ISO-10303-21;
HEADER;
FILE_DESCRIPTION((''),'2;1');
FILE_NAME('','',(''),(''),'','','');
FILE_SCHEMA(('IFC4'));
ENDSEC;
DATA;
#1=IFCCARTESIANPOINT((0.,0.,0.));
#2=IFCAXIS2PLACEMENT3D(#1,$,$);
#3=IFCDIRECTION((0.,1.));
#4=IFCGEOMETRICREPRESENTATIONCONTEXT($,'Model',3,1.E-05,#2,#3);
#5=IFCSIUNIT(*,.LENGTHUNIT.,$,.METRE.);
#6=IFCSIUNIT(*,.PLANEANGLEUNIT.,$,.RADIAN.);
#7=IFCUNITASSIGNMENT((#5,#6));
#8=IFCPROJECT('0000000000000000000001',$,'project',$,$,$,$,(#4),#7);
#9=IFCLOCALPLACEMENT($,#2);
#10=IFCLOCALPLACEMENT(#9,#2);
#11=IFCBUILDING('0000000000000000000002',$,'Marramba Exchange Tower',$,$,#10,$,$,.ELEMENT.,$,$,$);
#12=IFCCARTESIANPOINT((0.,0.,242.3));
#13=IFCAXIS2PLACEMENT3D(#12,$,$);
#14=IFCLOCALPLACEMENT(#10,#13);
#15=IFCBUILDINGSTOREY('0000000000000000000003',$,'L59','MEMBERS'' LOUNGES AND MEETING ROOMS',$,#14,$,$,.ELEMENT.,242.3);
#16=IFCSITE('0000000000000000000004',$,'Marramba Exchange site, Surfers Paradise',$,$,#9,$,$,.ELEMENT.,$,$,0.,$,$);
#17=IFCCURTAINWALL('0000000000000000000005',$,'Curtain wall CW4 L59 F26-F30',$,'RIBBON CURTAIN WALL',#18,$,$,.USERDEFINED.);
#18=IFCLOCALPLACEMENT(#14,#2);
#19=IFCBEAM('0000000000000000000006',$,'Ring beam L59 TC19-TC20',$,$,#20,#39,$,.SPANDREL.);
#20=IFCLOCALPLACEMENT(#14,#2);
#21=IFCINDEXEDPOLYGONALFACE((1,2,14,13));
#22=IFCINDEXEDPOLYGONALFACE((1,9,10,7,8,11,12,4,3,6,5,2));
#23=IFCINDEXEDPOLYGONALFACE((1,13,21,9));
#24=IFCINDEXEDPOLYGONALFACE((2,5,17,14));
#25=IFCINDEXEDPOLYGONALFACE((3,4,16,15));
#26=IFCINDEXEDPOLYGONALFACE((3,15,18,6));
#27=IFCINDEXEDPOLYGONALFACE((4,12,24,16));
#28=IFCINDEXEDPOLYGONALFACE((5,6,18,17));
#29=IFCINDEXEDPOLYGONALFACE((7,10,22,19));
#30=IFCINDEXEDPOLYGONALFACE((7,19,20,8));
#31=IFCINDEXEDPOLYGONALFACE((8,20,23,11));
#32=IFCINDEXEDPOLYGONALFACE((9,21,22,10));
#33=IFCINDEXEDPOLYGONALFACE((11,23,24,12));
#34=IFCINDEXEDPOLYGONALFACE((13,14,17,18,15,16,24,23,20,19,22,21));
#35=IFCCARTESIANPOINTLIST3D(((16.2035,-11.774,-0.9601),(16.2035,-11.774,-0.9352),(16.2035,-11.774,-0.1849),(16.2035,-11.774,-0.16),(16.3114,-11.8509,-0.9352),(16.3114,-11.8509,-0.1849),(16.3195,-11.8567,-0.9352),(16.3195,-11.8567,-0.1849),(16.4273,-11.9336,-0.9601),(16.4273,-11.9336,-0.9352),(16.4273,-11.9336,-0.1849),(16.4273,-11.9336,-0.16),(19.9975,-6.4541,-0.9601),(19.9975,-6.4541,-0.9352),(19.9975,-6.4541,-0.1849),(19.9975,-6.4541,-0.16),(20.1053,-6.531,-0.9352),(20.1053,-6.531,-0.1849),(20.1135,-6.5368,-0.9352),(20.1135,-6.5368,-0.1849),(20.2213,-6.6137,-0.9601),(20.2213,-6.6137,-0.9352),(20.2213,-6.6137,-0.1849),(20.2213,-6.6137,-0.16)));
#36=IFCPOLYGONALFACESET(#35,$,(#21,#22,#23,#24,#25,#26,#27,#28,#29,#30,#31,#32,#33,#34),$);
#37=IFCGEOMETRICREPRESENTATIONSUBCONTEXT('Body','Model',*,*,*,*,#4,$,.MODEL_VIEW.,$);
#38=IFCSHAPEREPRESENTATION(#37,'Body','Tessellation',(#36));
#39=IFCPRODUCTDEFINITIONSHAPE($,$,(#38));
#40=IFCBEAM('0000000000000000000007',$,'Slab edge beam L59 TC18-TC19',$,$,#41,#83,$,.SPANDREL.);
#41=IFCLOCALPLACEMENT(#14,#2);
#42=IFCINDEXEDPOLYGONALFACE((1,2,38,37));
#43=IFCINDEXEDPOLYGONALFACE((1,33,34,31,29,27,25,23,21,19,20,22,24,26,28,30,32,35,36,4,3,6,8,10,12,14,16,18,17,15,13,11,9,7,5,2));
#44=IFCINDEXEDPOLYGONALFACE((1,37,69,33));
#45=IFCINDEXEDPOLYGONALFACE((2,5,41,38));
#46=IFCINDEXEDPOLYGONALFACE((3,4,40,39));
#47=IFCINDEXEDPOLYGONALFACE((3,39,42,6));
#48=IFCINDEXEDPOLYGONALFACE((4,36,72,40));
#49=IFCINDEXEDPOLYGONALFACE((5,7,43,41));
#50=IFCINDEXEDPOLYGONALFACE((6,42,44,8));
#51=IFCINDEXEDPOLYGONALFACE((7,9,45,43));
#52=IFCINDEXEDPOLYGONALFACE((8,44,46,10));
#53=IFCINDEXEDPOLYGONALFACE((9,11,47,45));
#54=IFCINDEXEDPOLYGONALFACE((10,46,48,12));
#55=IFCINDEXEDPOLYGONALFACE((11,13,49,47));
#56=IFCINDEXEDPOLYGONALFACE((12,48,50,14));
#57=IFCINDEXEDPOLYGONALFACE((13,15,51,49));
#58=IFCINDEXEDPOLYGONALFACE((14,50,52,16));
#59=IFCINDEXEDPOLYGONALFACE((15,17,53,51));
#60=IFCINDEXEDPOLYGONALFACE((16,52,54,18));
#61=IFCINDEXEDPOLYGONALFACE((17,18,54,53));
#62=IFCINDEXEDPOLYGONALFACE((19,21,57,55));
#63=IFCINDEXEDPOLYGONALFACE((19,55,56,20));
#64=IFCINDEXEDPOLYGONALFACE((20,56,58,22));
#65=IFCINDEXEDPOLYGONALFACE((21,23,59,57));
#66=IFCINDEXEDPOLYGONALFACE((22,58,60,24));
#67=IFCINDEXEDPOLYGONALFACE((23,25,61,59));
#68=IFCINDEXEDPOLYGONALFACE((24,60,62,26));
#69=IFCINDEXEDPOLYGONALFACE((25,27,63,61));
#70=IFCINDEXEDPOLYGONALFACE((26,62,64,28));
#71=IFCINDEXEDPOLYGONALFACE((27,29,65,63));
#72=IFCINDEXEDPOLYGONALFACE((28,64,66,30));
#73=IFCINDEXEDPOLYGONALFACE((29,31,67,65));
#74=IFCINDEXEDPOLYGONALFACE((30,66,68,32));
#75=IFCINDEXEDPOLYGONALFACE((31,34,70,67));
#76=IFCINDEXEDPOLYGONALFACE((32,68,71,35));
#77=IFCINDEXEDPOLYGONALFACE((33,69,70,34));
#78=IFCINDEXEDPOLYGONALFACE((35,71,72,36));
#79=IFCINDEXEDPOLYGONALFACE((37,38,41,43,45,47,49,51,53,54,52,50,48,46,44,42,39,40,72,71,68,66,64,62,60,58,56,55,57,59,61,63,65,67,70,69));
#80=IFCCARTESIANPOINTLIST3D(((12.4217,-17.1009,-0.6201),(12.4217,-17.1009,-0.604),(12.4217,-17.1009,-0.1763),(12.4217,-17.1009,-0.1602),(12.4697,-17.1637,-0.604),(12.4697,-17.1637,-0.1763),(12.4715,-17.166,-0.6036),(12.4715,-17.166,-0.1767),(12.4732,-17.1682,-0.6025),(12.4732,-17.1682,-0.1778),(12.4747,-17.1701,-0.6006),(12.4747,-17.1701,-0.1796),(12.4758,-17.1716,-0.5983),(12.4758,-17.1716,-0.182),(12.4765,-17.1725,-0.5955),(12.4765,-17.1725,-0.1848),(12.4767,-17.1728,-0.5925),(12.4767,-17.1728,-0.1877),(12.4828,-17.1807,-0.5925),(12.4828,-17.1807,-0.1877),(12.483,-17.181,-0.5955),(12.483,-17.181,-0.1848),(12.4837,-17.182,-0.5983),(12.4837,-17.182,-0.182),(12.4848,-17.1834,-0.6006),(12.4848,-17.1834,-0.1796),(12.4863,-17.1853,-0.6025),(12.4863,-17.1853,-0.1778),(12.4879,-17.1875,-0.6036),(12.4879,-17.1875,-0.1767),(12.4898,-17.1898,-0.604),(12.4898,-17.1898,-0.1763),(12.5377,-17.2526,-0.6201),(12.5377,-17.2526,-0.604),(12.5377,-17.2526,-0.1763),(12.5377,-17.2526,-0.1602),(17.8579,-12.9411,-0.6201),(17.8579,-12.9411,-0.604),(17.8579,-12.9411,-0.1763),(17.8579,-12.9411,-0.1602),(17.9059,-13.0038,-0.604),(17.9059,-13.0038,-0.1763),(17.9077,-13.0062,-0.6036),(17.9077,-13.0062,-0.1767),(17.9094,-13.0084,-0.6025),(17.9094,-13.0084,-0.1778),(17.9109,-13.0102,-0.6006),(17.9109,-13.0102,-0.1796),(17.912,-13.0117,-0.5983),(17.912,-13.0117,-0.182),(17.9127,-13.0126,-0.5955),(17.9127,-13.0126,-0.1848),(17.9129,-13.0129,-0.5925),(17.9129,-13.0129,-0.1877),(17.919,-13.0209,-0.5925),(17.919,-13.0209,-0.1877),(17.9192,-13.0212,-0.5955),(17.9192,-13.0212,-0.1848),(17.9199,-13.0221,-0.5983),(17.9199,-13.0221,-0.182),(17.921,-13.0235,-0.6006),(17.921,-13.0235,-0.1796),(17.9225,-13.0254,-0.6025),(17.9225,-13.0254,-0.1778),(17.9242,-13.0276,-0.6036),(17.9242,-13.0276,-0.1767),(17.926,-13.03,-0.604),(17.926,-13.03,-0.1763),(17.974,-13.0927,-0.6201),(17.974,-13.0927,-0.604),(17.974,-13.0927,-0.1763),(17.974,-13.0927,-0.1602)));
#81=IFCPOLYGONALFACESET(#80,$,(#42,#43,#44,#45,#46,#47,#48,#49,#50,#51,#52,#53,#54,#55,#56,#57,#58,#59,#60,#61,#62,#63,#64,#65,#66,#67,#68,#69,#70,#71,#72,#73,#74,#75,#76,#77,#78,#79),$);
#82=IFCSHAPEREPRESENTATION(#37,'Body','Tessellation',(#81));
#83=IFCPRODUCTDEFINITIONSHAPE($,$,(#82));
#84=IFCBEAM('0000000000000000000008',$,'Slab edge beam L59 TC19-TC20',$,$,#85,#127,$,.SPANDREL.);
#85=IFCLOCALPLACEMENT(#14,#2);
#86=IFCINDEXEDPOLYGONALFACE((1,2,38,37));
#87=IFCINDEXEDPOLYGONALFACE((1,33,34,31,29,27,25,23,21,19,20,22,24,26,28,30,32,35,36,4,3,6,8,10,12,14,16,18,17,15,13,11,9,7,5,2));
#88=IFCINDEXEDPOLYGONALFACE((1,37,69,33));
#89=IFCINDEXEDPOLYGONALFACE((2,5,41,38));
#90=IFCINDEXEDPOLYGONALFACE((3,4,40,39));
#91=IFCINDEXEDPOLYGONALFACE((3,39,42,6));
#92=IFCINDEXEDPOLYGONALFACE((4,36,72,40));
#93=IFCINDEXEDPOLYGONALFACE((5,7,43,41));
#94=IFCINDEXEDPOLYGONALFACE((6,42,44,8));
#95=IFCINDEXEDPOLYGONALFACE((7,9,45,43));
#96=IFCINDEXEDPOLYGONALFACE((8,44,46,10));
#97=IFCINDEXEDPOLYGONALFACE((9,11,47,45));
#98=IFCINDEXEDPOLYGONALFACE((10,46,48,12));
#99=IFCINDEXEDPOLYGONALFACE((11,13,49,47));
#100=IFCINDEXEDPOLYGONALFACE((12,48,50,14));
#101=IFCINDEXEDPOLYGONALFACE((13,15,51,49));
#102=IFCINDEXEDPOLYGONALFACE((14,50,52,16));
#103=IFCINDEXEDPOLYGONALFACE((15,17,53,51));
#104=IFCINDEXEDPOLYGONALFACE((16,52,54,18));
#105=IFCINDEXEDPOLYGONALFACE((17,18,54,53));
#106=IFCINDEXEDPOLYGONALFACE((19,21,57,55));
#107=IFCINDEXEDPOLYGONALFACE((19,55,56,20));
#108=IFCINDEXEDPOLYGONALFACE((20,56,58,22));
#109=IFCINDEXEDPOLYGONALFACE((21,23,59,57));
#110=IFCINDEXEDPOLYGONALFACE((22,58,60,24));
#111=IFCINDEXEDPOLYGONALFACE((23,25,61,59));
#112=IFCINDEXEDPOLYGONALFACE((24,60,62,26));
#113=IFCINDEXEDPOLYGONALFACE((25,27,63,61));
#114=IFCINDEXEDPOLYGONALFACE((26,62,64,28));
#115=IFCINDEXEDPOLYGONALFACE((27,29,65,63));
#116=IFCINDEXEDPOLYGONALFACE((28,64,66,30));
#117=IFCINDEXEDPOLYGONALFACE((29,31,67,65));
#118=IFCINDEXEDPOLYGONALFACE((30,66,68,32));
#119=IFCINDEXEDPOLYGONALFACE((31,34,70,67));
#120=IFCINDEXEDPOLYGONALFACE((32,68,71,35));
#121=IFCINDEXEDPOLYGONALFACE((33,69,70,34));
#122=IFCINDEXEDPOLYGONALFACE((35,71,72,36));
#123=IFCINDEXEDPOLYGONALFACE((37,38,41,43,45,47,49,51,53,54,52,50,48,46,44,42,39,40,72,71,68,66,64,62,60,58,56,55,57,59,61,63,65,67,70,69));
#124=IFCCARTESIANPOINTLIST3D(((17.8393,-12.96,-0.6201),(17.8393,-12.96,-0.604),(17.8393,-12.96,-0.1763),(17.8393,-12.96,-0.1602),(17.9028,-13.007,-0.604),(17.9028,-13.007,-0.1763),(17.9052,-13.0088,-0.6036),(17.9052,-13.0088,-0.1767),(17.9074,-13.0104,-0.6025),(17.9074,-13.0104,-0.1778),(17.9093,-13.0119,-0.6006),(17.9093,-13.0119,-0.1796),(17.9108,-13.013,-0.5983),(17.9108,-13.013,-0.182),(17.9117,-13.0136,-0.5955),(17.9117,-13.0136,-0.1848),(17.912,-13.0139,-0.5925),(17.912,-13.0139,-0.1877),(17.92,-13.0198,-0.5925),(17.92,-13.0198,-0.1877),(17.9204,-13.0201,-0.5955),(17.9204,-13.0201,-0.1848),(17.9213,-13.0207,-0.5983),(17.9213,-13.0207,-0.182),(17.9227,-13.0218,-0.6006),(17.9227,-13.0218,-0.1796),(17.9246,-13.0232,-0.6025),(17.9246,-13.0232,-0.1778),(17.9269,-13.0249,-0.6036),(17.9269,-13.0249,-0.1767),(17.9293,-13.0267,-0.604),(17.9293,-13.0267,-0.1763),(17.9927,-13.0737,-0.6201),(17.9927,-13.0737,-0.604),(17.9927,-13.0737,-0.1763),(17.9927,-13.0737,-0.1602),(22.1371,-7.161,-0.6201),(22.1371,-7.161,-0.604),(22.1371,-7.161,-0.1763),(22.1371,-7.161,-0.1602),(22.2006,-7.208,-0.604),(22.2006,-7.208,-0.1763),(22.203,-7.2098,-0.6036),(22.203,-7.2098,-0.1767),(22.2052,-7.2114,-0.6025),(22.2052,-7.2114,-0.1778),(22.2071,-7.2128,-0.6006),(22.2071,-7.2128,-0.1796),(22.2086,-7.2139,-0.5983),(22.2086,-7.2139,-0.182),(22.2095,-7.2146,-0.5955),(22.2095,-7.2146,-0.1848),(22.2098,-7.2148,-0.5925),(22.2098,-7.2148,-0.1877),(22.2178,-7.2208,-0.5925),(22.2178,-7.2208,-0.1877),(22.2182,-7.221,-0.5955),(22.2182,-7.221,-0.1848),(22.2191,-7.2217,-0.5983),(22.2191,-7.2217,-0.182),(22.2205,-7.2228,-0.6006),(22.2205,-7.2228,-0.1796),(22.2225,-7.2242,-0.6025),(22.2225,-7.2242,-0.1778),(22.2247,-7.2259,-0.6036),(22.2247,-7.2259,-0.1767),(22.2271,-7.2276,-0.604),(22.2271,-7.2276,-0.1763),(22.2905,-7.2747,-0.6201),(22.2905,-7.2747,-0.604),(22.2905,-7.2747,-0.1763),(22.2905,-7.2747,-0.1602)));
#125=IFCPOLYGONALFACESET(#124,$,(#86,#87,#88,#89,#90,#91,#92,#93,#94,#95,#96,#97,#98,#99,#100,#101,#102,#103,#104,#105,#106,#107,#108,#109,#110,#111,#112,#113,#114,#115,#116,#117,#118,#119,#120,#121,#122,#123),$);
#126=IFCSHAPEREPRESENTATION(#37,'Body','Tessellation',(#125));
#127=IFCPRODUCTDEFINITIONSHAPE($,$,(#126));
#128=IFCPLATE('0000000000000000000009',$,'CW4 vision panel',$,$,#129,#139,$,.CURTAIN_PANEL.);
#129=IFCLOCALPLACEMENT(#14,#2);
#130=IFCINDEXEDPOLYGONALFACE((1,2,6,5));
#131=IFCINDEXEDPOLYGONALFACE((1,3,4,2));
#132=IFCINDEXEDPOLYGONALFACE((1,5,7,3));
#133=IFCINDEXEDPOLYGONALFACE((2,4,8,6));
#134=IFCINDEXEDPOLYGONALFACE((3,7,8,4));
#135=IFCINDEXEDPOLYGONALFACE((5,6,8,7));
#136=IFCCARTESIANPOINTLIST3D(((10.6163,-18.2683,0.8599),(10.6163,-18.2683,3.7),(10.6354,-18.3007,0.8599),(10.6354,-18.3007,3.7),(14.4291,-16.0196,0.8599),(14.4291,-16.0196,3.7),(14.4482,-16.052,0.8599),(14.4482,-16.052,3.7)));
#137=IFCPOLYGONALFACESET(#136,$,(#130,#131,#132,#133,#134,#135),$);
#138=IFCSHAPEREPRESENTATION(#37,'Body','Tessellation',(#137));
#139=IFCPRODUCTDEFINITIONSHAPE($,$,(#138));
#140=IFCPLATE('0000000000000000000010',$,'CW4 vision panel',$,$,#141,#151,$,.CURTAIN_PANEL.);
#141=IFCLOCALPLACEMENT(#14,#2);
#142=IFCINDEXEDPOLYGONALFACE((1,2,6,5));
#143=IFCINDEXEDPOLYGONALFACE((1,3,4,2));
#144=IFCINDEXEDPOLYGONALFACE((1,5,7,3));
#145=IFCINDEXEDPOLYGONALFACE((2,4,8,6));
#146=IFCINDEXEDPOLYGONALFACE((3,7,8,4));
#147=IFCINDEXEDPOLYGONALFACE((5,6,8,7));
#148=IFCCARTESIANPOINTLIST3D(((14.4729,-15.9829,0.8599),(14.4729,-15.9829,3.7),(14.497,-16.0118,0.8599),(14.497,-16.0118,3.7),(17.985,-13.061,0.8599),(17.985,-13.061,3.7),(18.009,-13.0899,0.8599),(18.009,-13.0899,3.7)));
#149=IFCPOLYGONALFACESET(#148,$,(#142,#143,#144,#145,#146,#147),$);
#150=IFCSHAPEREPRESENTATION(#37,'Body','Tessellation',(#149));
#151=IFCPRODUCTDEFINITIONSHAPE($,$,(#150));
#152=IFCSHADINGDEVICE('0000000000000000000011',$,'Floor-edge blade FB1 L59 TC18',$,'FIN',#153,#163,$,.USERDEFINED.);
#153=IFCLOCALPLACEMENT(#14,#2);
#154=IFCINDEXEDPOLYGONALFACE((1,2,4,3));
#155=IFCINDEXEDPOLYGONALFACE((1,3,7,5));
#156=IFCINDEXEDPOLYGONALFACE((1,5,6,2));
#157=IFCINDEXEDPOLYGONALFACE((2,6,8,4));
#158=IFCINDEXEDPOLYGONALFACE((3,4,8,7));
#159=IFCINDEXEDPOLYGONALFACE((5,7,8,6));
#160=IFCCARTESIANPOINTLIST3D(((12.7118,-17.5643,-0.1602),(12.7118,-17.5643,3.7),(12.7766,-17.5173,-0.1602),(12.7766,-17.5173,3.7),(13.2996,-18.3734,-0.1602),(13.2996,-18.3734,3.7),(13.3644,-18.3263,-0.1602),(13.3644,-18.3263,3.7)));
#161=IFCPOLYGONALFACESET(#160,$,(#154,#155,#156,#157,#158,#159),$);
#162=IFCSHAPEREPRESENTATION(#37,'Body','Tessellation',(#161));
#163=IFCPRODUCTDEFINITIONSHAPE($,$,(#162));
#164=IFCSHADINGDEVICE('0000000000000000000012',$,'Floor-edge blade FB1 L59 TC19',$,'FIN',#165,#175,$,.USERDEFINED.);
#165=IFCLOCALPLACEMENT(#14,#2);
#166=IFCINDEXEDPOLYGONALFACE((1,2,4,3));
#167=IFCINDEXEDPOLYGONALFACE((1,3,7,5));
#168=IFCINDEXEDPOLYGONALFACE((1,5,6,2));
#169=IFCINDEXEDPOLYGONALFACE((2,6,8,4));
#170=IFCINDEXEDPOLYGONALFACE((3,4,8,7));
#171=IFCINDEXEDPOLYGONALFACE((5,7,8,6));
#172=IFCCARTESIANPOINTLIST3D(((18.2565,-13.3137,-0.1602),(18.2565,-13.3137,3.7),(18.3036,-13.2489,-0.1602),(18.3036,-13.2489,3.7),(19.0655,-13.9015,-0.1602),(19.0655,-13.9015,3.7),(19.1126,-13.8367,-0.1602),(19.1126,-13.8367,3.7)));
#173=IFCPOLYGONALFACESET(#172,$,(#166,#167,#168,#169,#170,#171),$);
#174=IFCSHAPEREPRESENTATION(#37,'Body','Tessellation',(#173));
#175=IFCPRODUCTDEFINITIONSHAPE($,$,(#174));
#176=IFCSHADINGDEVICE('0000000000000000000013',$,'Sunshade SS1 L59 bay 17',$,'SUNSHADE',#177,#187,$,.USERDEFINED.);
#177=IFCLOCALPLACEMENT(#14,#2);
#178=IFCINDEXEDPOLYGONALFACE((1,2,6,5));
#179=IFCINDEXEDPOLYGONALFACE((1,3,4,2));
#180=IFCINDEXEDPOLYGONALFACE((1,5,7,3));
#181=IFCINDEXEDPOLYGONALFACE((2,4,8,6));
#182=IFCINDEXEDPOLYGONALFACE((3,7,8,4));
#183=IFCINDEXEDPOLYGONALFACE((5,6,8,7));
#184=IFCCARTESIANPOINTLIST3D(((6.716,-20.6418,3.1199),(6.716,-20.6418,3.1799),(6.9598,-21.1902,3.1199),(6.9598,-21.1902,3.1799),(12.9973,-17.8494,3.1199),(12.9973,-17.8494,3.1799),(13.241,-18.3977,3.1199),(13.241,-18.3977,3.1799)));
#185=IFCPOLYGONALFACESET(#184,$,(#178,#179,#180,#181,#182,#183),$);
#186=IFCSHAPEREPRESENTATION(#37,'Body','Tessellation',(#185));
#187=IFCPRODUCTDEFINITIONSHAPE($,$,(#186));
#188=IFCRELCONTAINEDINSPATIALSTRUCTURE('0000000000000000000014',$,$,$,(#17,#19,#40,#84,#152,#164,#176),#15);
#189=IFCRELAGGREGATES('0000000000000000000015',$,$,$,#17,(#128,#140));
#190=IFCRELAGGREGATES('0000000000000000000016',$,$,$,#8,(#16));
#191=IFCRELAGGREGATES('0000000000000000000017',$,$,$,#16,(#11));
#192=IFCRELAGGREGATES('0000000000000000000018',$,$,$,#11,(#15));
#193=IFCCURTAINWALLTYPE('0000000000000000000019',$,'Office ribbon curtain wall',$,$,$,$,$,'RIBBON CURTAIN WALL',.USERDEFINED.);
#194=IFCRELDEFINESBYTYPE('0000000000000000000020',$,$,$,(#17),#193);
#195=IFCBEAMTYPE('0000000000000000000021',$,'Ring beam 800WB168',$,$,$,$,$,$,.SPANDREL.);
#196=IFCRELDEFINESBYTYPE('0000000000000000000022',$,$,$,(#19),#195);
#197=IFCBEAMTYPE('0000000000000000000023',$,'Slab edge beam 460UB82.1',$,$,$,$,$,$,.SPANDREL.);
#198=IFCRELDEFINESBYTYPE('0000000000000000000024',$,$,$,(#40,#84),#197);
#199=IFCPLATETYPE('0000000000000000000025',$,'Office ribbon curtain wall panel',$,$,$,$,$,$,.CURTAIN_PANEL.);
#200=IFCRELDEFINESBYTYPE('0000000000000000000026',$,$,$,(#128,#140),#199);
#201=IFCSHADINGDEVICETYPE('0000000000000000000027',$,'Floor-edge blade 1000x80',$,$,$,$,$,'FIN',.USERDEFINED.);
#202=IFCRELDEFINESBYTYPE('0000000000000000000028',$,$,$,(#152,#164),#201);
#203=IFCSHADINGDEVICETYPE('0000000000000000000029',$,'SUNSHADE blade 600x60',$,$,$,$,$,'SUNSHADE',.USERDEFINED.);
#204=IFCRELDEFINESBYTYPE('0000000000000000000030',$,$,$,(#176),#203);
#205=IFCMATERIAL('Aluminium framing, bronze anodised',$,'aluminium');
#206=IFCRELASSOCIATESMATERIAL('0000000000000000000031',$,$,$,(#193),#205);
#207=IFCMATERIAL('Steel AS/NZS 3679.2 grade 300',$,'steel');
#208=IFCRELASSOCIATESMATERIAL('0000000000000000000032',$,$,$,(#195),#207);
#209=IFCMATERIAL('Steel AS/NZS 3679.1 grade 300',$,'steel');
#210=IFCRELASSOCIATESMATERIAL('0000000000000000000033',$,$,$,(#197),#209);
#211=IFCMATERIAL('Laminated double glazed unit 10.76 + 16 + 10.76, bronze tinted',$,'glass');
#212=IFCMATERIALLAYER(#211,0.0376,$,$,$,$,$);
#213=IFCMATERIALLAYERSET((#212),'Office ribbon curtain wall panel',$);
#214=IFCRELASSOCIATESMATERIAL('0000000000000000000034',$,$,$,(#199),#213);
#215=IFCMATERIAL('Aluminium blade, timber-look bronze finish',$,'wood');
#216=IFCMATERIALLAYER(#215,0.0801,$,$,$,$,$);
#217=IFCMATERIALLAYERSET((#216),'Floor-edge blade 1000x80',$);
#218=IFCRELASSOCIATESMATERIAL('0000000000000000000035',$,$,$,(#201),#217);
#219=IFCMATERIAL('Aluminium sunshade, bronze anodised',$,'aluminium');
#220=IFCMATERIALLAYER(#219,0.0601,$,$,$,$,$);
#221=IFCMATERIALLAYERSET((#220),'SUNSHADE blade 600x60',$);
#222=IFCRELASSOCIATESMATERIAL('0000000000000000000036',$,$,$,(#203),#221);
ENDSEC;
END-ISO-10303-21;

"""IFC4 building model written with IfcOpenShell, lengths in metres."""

from ifc_helpers import new_model, si_unit, direction, frame, origin, origin_2d, place, context, subcontext, project, spatial, rectangle, i_section, extrude, material, layer, layer_set, material_profile, profile_set, type_object, element, aggregate, save


model = new_model("IFC4")

# Units and contexts
model_context = context("Model", 3, precision=1e-05, world=origin(), true_north=direction((0.0, 1.0)))
body_context = subcontext(model_context, "Body", "Model", "MODEL_VIEW")
ifc_project = project(units=[si_unit("LENGTHUNIT", "METRE"), si_unit("PLANEANGLEUNIT", "RADIAN")], contexts=[model_context])

# Site, building, storey
site_placement = place(None, origin())
site = spatial("IfcSite", under=ifc_project, at=site_placement, Name="Marramba Exchange site, Surfers Paradise", CompositionType="ELEMENT", RefElevation=0.0)
building_placement = place(site_placement, origin())
building = spatial("IfcBuilding", under=site, at=building_placement, Name="Marramba Exchange Tower", CompositionType="ELEMENT")
storey_placement = place(building_placement, frame((0.0, 0.0, 242.3)))
storey = spatial("IfcBuildingStorey", under=building, at=storey_placement, Name="L59", Description="MEMBERS' LOUNGES AND MEETING ROOMS", CompositionType="ELEMENT", Elevation=242.3)

# Shared definitions
ifc_material_1 = material(Name="Steel AS/NZS 3679.2 grade 300", Category="steel")

# Curtain wall
ifc_material_2 = material(Name="Aluminium framing, bronze anodised", Category="aluminium")
curtain_wall_type = type_object("IfcCurtainWallType", Name="Office ribbon curtain wall", ElementType="RIBBON CURTAIN WALL", PredefinedType="USERDEFINED", material=ifc_material_2)
curtain_wall_placement = place(storey_placement, origin())
curtain_wall = element("IfcCurtainWall", 1, at=curtain_wall_placement, inside=storey, type_object=curtain_wall_type, Name="Curtain wall CW4 L59 F26-F30", ObjectType="RIBBON CURTAIN WALL", PredefinedType="USERDEFINED")

# Beams
ifc_material_profile_1 = material_profile(ifc_material_1, i_section(OverallWidth=0.2749, OverallDepth=0.8, WebThickness=0.01, FlangeThickness=0.0249, at=origin_2d()), Name="800WB168")
ifc_profile_set_1 = profile_set([ifc_material_profile_1], Name="Steel AS/NZS 3679.2 grade 300")
beam_type_1 = type_object("IfcBeamType", Name="Ring beam 800WB168", PredefinedType="SPANDREL", material=ifc_profile_set_1)
beam_1_placement = place(storey_placement, frame((16.3154, -11.8538, -0.5601), z_axis=(0.580637, 0.814162, 0.0), x_axis=(-0.814162, 0.580637, 0.0)))
element("IfcBeam", 2, at=beam_1_placement, inside=storey, type_object=beam_type_1, Name="Ring beam L59 TC19-TC20", PredefinedType="SPANDREL", context=body_context, shape_type="SweptSolid", body=[
    extrude(i_section(OverallWidth=0.2749, OverallDepth=0.8, WebThickness=0.01, FlangeThickness=0.0249, at=origin_2d()), origin(), (0.0, 0.0, 1.0), 6.5342),
])
ifc_material_3 = material(Name="Steel AS/NZS 3679.1 grade 300", Category="steel")
ifc_material_profile_2 = material_profile(ifc_material_3, i_section(OverallWidth=0.1909, OverallDepth=0.46, WebThickness=0.01, FlangeThickness=0.0161, FilletRadius=0.0115, at=origin_2d()), Name="460UB82.1")
ifc_profile_set_2 = profile_set([ifc_material_profile_2], Name="Steel AS/NZS 3679.1 grade 300")
beam_type_2 = type_object("IfcBeamType", Name="Slab edge beam 460UB82.1", PredefinedType="SPANDREL", material=ifc_profile_set_2)
beam_2_placement = place(storey_placement, frame((12.4797, -17.1768, -0.3901), z_axis=(0.794163, 0.607704, 0.0), x_axis=(-0.607704, 0.794163, 0.0)))
element("IfcBeam", 3, at=beam_2_placement, inside=storey, type_object=beam_type_2, Name="Slab edge beam L59 TC18-TC19", PredefinedType="SPANDREL", context=body_context, shape_type="SweptSolid", body=[
    extrude(i_section(OverallWidth=0.1909, OverallDepth=0.46, WebThickness=0.01, FlangeThickness=0.0161, FilletRadius=0.0115, at=origin_2d()), origin(), (0.0, 0.0, 1.0), 6.8452),
])
beam_3_placement = place(storey_placement, frame((17.916, -13.0168, -0.3901), z_axis=(0.595428, 0.803409, 0.0), x_axis=(-0.803409, 0.595428, 0.0)))
element("IfcBeam", 4, at=beam_3_placement, inside=storey, type_object=beam_type_2, Name="Slab edge beam L59 TC19-TC20", PredefinedType="SPANDREL", context=body_context, shape_type="SweptSolid", body=[
    extrude(i_section(OverallWidth=0.1909, OverallDepth=0.46, WebThickness=0.01, FlangeThickness=0.0161, FilletRadius=0.0115, at=origin_2d()), origin(), (0.0, 0.0, 1.0), 7.218),
])

# Plates
ifc_material_4 = material(Name="Laminated double glazed unit 10.76 + 16 + 10.76, bronze tinted", Category="glass")
ifc_layer_1 = layer(ifc_material_4, 0.0376)
ifc_layer_set_1 = layer_set([ifc_layer_1], Name="Office ribbon curtain wall panel")
plate_type = type_object("IfcPlateType", Name="Office ribbon curtain wall panel", PredefinedType="CURTAIN_PANEL", material=ifc_layer_set_1)
plate_1_placement = place(storey_placement, frame((12.5322, -17.1602, 0.8599), z_axis=(0.0, 0.0, 1.0), x_axis=(0.861351, 0.508011, 0.0)))
plate_1 = element("IfcPlate", 5, at=plate_1_placement, type_object=plate_type, Name="CW4 vision panel", PredefinedType="CURTAIN_PANEL", context=body_context, shape_type="SweptSolid", body=[
    extrude(rectangle(XDim=4.4265, YDim=0.0376, at=origin_2d()), origin(), (0.0, 0.0, 1.0), 2.8401),
])
plate_2_placement = place(storey_placement, frame((16.241, -14.5364, 0.8599), z_axis=(0.0, 0.0, 1.0), x_axis=(0.768737, 0.639565, 0.0)))
plate_2 = element("IfcPlate", 6, at=plate_2_placement, type_object=plate_type, Name="CW4 vision panel", PredefinedType="CURTAIN_PANEL", context=body_context, shape_type="SweptSolid", body=[
    extrude(rectangle(XDim=4.5686, YDim=0.0376, at=origin_2d()), origin(), (0.0, 0.0, 1.0), 2.8401),
])
aggregate(curtain_wall, [plate_1, plate_2])

# Shading devices
ifc_material_5 = material(Name="Aluminium blade, timber-look bronze finish", Category="wood")
ifc_layer_2 = layer(ifc_material_5, 0.0801)
ifc_layer_set_2 = layer_set([ifc_layer_2], Name="Floor-edge blade 1000x80")
shading_device_type_1 = type_object("IfcShadingDeviceType", Name="Floor-edge blade 1000x80", ElementType="FIN", PredefinedType="USERDEFINED", material=ifc_layer_set_2)
for number, where, z_axis, x_axis, name in (
    (7, (13.0381, -17.9453, -0.1602), (0.0, 0.0, 1.0), (0.587785, -0.809017, 0.0), "Floor-edge blade FB1 L59 TC18"),
    (8, (18.6846, -13.5752, -0.1602), (0.0, 0.0, 1.0), (0.809017, -0.587785, 0.0), "Floor-edge blade FB1 L59 TC19"),
):
    element("IfcShadingDevice", number, at=place(storey_placement, frame(where, z_axis=z_axis, x_axis=x_axis)), inside=storey, type_object=shading_device_type_1, Name=name, ObjectType="FIN", PredefinedType="USERDEFINED", context=body_context, shape_type="SweptSolid", body=[
        extrude(rectangle(XDim=1.0, YDim=0.0801, at=origin_2d()), origin(), (0.0, 0.0, 1.0), 3.8601),
    ])
ifc_material_6 = material(Name="Aluminium sunshade, bronze anodised", Category="aluminium")
ifc_layer_3 = layer(ifc_material_6, 0.0601)
ifc_layer_set_3 = layer_set([ifc_layer_3], Name="SUNSHADE blade 600x60")
shading_device_type_2 = type_object("IfcShadingDeviceType", Name="SUNSHADE blade 600x60", ElementType="SUNSHADE", PredefinedType="USERDEFINED", material=ifc_layer_set_3)
shading_device_1_placement = place(storey_placement, frame((9.9785, -19.5198, 3.1199), z_axis=(0.0, 0.0, 1.0), x_axis=(0.913772, 0.406228, 0.0)))
element("IfcShadingDevice", 9, at=shading_device_1_placement, inside=storey, type_object=shading_device_type_2, Name="Sunshade SS1 L59 bay 17", ObjectType="SUNSHADE", PredefinedType="USERDEFINED", context=body_context, shape_type="SweptSolid", body=[
    extrude(rectangle(XDim=6.874, YDim=0.6001, at=origin_2d()), origin(), (0.0, 0.0, 1.0), 0.0601),
])

save(model, "model.ifc")
